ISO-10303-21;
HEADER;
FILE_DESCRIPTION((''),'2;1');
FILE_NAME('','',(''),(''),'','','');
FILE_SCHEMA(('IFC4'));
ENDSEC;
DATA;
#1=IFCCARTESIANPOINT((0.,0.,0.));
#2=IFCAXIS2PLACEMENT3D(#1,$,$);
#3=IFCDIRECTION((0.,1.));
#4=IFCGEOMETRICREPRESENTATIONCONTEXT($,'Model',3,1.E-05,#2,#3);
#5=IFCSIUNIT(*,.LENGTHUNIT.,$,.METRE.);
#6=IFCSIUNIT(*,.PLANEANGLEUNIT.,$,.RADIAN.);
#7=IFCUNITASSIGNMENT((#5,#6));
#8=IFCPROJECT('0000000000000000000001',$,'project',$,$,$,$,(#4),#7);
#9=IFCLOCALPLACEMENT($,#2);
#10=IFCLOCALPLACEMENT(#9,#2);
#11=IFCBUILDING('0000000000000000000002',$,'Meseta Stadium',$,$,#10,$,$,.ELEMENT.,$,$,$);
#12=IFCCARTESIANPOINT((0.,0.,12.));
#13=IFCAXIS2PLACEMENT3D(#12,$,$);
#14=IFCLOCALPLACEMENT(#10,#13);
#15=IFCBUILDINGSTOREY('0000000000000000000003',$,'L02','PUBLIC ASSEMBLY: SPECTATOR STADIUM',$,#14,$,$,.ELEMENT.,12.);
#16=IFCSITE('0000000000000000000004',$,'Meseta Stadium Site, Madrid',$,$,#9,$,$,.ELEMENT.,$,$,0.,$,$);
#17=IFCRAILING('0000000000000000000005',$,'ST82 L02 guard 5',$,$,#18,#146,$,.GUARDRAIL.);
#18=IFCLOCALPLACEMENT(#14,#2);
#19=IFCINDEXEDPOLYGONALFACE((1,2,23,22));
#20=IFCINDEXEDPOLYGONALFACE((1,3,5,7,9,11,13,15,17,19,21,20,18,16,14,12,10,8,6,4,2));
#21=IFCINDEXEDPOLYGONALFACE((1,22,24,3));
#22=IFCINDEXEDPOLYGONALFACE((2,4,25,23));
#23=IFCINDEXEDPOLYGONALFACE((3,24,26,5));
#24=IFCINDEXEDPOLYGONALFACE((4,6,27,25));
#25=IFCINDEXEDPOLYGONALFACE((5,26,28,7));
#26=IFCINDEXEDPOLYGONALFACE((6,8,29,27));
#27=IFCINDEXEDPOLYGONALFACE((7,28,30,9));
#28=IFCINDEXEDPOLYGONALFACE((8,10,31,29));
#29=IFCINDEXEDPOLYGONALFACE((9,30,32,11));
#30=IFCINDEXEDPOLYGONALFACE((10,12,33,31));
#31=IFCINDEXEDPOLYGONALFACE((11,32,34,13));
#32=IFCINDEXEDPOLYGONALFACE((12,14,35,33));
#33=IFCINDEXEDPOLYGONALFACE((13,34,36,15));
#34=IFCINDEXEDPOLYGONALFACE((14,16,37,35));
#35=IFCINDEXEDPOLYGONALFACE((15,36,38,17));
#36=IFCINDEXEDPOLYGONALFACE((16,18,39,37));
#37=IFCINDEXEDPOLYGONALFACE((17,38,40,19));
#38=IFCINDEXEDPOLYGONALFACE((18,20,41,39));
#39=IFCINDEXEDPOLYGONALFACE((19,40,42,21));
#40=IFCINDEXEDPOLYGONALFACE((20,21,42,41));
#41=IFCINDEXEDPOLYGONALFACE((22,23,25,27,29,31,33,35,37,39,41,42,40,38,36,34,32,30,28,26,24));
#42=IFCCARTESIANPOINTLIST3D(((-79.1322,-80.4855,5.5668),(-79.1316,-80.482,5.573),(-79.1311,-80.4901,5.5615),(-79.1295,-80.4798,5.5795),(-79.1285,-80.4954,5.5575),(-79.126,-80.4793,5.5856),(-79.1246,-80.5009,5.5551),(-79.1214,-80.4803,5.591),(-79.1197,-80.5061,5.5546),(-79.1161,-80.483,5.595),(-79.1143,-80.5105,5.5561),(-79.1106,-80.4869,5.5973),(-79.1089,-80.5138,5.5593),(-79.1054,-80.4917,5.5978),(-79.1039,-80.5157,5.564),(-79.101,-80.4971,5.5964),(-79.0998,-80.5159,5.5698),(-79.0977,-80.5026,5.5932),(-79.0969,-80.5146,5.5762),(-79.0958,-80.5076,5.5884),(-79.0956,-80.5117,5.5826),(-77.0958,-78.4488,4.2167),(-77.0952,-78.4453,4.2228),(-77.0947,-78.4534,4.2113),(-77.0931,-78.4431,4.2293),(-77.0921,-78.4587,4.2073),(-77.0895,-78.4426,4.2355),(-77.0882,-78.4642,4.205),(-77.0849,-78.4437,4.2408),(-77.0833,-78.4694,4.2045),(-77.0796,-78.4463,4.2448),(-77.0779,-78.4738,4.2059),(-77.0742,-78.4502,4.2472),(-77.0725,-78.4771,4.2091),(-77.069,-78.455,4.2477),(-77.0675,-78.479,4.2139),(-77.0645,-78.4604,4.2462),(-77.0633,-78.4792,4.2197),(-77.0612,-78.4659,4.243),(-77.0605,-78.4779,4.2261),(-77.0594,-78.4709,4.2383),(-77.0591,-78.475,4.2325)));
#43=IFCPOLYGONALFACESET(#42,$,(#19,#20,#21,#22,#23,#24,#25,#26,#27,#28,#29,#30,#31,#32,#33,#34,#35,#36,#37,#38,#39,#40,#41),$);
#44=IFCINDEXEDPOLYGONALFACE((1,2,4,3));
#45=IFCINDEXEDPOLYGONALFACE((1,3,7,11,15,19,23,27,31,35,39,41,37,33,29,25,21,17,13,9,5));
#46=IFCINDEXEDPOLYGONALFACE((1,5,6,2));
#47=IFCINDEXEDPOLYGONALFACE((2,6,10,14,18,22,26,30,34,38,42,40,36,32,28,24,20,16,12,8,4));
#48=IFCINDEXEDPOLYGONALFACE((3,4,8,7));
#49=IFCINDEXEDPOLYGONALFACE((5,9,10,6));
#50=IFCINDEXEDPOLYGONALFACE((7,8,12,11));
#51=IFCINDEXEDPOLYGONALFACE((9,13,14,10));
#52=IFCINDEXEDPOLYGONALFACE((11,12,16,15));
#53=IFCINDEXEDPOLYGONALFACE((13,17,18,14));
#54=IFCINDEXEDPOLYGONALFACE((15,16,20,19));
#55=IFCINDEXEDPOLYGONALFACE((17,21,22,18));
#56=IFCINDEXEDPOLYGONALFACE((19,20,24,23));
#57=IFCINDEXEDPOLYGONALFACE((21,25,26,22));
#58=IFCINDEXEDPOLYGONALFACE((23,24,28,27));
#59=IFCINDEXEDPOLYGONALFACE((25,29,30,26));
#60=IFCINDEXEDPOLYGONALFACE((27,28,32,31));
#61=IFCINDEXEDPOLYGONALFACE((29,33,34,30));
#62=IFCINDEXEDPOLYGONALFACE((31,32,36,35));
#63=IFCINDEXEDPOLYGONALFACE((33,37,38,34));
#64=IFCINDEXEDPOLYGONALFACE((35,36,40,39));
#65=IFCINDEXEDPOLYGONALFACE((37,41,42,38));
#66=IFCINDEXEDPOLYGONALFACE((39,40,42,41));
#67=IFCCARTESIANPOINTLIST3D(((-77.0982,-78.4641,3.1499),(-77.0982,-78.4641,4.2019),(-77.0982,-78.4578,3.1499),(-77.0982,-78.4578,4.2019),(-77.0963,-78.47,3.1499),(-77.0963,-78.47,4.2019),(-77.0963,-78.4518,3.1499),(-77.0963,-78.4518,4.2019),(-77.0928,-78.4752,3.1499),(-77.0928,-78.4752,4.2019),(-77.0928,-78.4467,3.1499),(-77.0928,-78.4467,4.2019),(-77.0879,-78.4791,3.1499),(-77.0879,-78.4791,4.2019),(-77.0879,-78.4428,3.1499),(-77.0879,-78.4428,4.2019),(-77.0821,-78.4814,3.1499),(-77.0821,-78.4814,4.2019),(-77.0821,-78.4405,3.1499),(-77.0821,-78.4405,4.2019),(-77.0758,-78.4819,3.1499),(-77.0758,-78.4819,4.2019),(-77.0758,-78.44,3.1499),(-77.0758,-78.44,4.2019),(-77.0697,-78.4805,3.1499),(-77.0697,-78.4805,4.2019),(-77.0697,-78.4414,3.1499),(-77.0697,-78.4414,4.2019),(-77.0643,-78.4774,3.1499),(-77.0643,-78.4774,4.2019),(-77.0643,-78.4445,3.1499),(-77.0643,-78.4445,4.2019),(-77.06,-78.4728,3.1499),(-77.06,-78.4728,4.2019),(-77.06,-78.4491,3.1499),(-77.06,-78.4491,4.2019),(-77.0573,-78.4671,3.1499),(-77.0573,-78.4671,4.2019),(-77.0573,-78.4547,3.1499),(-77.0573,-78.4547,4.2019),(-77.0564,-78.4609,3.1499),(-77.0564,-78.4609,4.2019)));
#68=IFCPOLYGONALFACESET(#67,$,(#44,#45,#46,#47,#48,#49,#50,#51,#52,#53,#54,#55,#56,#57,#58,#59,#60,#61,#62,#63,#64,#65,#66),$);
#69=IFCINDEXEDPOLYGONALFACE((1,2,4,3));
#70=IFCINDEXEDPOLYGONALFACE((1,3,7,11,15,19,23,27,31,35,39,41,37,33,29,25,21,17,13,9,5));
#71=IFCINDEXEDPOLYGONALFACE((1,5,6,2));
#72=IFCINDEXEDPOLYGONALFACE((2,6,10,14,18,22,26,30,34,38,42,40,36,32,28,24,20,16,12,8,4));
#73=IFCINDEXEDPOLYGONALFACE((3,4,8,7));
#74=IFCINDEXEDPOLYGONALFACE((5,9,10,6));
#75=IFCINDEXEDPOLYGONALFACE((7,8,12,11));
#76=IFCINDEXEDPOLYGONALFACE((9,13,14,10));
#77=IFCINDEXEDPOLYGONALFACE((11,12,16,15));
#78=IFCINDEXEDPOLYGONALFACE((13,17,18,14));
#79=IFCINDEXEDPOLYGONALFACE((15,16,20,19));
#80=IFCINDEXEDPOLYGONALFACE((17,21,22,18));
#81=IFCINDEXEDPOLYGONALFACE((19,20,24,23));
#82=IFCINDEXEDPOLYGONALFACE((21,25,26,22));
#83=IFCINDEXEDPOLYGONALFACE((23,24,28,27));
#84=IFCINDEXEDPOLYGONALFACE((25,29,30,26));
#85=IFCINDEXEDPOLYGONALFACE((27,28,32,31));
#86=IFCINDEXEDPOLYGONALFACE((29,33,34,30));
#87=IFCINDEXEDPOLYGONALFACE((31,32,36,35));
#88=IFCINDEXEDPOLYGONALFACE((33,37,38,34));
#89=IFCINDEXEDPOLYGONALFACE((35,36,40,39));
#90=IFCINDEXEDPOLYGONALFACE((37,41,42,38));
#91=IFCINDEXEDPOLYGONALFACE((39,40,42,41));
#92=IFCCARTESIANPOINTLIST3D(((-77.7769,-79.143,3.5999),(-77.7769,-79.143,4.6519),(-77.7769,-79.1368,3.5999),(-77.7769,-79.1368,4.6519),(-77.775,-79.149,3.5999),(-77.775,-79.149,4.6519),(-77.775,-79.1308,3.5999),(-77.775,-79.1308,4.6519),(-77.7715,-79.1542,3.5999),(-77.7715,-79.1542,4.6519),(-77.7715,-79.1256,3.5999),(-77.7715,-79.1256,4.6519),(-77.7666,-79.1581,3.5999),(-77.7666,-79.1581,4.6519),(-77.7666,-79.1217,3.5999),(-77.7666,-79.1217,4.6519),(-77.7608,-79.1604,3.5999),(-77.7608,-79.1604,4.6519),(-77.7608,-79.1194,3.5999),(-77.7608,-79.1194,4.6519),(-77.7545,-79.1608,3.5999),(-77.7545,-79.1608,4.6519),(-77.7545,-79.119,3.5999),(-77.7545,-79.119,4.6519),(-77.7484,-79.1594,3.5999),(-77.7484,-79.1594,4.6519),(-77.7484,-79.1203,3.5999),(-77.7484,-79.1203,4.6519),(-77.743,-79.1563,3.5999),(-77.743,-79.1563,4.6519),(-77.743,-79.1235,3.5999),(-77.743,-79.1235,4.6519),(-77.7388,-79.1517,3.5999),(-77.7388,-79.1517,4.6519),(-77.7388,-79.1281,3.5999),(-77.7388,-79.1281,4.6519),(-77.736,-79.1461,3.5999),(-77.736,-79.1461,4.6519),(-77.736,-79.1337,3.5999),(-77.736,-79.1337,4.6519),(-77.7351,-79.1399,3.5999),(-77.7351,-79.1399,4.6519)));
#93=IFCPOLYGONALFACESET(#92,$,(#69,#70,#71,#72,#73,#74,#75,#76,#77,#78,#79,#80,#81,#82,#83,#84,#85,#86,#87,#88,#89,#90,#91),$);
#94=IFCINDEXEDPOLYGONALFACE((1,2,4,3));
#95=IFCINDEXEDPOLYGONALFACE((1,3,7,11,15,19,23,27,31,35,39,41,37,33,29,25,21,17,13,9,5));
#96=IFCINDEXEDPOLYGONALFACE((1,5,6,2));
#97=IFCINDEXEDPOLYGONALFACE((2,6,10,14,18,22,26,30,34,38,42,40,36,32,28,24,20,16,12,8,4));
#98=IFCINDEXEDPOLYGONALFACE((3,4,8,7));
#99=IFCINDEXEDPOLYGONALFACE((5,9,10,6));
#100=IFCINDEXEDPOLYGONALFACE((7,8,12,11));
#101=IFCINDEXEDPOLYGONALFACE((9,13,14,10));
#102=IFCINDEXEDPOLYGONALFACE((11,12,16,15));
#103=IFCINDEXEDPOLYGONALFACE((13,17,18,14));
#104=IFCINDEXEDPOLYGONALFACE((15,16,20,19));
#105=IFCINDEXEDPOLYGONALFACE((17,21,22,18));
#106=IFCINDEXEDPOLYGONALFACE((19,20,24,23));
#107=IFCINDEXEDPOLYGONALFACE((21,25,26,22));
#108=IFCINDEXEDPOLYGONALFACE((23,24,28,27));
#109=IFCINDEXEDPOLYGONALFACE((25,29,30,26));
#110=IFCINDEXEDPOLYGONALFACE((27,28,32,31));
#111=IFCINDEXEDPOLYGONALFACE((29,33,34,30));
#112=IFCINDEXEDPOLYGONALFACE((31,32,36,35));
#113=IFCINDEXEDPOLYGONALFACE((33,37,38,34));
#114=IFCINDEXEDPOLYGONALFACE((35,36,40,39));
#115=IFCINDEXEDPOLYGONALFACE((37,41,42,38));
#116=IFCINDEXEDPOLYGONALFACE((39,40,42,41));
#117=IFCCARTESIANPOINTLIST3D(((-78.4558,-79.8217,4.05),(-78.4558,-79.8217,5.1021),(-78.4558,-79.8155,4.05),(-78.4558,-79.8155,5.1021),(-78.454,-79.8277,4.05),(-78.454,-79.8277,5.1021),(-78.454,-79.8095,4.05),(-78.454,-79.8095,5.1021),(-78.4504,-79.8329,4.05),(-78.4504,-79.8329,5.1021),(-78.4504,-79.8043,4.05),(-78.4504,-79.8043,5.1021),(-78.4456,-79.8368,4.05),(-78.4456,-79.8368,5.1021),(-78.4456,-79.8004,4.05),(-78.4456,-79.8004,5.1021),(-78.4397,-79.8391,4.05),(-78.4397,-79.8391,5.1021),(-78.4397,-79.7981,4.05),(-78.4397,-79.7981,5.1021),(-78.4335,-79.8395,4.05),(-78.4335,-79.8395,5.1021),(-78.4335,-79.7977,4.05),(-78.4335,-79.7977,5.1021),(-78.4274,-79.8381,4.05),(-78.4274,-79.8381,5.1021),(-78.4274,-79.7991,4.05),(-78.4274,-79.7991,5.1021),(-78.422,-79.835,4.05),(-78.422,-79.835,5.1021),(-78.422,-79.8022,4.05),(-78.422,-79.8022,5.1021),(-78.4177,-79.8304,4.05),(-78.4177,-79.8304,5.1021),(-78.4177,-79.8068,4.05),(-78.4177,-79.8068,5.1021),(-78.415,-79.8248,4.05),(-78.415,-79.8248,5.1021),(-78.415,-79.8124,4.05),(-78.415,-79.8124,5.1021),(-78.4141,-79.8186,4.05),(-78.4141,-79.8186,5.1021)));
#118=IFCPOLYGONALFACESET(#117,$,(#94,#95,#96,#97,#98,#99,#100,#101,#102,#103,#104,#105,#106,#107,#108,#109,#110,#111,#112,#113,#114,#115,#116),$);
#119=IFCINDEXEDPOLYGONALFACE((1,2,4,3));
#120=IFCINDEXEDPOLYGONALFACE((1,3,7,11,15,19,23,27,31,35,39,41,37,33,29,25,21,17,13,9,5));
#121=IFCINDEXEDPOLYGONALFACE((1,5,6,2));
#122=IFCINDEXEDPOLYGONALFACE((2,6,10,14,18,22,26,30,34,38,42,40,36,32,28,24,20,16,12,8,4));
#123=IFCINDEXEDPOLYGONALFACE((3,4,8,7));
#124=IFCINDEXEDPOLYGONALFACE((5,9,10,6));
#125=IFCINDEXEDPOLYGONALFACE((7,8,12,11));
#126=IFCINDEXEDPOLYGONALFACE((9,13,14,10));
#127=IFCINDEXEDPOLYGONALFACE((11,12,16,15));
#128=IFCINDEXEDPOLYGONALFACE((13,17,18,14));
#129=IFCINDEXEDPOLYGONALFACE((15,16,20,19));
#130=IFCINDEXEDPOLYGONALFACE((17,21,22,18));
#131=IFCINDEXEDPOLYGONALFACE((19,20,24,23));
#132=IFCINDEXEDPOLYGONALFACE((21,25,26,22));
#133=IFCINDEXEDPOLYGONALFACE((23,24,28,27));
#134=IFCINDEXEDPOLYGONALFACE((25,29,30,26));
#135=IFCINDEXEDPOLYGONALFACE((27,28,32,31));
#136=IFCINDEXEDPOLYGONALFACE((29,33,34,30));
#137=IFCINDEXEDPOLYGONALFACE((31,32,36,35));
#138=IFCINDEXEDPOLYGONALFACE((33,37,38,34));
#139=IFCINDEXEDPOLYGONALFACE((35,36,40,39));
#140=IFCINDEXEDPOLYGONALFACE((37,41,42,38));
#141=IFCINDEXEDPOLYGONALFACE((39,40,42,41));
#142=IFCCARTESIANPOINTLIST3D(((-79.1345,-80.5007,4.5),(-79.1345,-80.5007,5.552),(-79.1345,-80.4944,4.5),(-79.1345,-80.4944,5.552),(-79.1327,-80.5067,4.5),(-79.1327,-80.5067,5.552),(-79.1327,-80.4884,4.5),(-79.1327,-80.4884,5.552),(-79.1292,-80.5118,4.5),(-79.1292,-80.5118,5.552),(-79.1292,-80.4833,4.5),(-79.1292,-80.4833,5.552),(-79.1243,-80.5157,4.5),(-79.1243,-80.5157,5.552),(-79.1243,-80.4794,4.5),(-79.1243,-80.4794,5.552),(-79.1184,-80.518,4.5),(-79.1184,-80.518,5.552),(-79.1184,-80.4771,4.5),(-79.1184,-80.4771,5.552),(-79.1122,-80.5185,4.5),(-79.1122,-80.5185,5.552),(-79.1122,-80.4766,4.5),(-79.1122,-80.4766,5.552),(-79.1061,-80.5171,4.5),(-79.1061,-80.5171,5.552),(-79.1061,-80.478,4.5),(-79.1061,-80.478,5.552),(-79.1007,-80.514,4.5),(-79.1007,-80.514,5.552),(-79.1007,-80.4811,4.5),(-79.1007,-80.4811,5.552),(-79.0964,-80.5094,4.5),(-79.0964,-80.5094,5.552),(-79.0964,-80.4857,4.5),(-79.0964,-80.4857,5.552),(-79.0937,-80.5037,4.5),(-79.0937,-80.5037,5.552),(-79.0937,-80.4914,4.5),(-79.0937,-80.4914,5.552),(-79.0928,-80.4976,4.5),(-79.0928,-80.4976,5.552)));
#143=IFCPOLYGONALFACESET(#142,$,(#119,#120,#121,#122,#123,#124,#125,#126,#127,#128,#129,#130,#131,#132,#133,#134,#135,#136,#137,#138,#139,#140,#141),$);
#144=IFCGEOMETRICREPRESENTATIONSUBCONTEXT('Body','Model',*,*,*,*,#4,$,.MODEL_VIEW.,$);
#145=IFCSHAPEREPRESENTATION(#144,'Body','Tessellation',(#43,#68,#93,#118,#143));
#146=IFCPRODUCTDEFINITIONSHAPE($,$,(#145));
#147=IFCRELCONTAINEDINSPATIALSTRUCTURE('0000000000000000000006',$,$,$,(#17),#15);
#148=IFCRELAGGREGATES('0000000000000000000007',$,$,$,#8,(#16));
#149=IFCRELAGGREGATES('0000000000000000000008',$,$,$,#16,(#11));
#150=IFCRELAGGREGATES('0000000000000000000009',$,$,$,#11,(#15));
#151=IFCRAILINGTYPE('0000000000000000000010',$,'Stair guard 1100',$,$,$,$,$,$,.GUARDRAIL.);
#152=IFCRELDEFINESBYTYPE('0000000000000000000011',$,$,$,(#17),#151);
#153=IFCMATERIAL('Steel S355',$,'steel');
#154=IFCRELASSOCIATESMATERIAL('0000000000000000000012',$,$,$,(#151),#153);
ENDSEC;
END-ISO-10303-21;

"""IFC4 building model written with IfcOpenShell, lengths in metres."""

from ifc_helpers import new_model, si_unit, direction, frame, origin, origin_2d, place, context, subcontext, project, spatial, circle, extrude, material, type_object, element, save


model = new_model("IFC4")

# Units and contexts
model_context = context("Model", 3, precision=1e-05, world=origin(), true_north=direction((0.0, 1.0)))
body_context = subcontext(model_context, "Body", "Model", "MODEL_VIEW")
ifc_project = project(units=[si_unit("LENGTHUNIT", "METRE"), si_unit("PLANEANGLEUNIT", "RADIAN")], contexts=[model_context])

# Site, building, storey
site_placement = place(None, origin())
site = spatial("IfcSite", under=ifc_project, at=site_placement, Name="Meseta Stadium Site, Madrid", CompositionType="ELEMENT", RefElevation=0.0)
building_placement = place(site_placement, origin())
building = spatial("IfcBuilding", under=site, at=building_placement, Name="Meseta Stadium", CompositionType="ELEMENT")
storey_placement = place(building_placement, frame((0.0, 0.0, 12.0)))
storey = spatial("IfcBuildingStorey", under=building, at=storey_placement, Name="L02", Description="PUBLIC ASSEMBLY: SPECTATOR STADIUM", CompositionType="ELEMENT", Elevation=12.0)

# Railing
ifc_material_1 = material(Name="Steel S355", Category="steel")
railing_type_1 = type_object("IfcRailingType", Name="Stair guard 1100", PredefinedType="GUARDRAIL", material=ifc_material_1)
railing_1_placement = place(storey_placement, frame((-77.0774, -78.4609, 3.1499)))
element("IfcRailing", 1, at=railing_1_placement, inside=storey, type_object=railing_type_1, Name="ST82 L02 guard 5", PredefinedType="GUARDRAIL", context=body_context, shape_type="SweptSolid", body=[
    extrude(circle(Radius=0.0239, at=origin_2d()), frame((0.0, 0.0, 1.0762), z_axis=(-0.640211, -0.640288, 0.424454), x_axis=(0.707149, -0.707064, 0.0)), (0.0, 0.0, 1.0), 3.1809),
    extrude(circle(Radius=0.021, at=origin_2d()), origin(), (0.0, 0.0, 1.0), 1.052),
    extrude(circle(Radius=0.021, at=origin_2d()), frame((-0.6787, -0.679, 0.45)), (0.0, 0.0, 1.0), 1.052),
    extrude(circle(Radius=0.021, at=origin_2d()), frame((-1.3577, -1.3577, 0.9001)), (0.0, 0.0, 1.0), 1.052),
    extrude(circle(Radius=0.021, at=origin_2d()), frame((-2.0364, -2.0366, 1.3501)), (0.0, 0.0, 1.0), 1.052),
])

save(model, "model.ifc")
